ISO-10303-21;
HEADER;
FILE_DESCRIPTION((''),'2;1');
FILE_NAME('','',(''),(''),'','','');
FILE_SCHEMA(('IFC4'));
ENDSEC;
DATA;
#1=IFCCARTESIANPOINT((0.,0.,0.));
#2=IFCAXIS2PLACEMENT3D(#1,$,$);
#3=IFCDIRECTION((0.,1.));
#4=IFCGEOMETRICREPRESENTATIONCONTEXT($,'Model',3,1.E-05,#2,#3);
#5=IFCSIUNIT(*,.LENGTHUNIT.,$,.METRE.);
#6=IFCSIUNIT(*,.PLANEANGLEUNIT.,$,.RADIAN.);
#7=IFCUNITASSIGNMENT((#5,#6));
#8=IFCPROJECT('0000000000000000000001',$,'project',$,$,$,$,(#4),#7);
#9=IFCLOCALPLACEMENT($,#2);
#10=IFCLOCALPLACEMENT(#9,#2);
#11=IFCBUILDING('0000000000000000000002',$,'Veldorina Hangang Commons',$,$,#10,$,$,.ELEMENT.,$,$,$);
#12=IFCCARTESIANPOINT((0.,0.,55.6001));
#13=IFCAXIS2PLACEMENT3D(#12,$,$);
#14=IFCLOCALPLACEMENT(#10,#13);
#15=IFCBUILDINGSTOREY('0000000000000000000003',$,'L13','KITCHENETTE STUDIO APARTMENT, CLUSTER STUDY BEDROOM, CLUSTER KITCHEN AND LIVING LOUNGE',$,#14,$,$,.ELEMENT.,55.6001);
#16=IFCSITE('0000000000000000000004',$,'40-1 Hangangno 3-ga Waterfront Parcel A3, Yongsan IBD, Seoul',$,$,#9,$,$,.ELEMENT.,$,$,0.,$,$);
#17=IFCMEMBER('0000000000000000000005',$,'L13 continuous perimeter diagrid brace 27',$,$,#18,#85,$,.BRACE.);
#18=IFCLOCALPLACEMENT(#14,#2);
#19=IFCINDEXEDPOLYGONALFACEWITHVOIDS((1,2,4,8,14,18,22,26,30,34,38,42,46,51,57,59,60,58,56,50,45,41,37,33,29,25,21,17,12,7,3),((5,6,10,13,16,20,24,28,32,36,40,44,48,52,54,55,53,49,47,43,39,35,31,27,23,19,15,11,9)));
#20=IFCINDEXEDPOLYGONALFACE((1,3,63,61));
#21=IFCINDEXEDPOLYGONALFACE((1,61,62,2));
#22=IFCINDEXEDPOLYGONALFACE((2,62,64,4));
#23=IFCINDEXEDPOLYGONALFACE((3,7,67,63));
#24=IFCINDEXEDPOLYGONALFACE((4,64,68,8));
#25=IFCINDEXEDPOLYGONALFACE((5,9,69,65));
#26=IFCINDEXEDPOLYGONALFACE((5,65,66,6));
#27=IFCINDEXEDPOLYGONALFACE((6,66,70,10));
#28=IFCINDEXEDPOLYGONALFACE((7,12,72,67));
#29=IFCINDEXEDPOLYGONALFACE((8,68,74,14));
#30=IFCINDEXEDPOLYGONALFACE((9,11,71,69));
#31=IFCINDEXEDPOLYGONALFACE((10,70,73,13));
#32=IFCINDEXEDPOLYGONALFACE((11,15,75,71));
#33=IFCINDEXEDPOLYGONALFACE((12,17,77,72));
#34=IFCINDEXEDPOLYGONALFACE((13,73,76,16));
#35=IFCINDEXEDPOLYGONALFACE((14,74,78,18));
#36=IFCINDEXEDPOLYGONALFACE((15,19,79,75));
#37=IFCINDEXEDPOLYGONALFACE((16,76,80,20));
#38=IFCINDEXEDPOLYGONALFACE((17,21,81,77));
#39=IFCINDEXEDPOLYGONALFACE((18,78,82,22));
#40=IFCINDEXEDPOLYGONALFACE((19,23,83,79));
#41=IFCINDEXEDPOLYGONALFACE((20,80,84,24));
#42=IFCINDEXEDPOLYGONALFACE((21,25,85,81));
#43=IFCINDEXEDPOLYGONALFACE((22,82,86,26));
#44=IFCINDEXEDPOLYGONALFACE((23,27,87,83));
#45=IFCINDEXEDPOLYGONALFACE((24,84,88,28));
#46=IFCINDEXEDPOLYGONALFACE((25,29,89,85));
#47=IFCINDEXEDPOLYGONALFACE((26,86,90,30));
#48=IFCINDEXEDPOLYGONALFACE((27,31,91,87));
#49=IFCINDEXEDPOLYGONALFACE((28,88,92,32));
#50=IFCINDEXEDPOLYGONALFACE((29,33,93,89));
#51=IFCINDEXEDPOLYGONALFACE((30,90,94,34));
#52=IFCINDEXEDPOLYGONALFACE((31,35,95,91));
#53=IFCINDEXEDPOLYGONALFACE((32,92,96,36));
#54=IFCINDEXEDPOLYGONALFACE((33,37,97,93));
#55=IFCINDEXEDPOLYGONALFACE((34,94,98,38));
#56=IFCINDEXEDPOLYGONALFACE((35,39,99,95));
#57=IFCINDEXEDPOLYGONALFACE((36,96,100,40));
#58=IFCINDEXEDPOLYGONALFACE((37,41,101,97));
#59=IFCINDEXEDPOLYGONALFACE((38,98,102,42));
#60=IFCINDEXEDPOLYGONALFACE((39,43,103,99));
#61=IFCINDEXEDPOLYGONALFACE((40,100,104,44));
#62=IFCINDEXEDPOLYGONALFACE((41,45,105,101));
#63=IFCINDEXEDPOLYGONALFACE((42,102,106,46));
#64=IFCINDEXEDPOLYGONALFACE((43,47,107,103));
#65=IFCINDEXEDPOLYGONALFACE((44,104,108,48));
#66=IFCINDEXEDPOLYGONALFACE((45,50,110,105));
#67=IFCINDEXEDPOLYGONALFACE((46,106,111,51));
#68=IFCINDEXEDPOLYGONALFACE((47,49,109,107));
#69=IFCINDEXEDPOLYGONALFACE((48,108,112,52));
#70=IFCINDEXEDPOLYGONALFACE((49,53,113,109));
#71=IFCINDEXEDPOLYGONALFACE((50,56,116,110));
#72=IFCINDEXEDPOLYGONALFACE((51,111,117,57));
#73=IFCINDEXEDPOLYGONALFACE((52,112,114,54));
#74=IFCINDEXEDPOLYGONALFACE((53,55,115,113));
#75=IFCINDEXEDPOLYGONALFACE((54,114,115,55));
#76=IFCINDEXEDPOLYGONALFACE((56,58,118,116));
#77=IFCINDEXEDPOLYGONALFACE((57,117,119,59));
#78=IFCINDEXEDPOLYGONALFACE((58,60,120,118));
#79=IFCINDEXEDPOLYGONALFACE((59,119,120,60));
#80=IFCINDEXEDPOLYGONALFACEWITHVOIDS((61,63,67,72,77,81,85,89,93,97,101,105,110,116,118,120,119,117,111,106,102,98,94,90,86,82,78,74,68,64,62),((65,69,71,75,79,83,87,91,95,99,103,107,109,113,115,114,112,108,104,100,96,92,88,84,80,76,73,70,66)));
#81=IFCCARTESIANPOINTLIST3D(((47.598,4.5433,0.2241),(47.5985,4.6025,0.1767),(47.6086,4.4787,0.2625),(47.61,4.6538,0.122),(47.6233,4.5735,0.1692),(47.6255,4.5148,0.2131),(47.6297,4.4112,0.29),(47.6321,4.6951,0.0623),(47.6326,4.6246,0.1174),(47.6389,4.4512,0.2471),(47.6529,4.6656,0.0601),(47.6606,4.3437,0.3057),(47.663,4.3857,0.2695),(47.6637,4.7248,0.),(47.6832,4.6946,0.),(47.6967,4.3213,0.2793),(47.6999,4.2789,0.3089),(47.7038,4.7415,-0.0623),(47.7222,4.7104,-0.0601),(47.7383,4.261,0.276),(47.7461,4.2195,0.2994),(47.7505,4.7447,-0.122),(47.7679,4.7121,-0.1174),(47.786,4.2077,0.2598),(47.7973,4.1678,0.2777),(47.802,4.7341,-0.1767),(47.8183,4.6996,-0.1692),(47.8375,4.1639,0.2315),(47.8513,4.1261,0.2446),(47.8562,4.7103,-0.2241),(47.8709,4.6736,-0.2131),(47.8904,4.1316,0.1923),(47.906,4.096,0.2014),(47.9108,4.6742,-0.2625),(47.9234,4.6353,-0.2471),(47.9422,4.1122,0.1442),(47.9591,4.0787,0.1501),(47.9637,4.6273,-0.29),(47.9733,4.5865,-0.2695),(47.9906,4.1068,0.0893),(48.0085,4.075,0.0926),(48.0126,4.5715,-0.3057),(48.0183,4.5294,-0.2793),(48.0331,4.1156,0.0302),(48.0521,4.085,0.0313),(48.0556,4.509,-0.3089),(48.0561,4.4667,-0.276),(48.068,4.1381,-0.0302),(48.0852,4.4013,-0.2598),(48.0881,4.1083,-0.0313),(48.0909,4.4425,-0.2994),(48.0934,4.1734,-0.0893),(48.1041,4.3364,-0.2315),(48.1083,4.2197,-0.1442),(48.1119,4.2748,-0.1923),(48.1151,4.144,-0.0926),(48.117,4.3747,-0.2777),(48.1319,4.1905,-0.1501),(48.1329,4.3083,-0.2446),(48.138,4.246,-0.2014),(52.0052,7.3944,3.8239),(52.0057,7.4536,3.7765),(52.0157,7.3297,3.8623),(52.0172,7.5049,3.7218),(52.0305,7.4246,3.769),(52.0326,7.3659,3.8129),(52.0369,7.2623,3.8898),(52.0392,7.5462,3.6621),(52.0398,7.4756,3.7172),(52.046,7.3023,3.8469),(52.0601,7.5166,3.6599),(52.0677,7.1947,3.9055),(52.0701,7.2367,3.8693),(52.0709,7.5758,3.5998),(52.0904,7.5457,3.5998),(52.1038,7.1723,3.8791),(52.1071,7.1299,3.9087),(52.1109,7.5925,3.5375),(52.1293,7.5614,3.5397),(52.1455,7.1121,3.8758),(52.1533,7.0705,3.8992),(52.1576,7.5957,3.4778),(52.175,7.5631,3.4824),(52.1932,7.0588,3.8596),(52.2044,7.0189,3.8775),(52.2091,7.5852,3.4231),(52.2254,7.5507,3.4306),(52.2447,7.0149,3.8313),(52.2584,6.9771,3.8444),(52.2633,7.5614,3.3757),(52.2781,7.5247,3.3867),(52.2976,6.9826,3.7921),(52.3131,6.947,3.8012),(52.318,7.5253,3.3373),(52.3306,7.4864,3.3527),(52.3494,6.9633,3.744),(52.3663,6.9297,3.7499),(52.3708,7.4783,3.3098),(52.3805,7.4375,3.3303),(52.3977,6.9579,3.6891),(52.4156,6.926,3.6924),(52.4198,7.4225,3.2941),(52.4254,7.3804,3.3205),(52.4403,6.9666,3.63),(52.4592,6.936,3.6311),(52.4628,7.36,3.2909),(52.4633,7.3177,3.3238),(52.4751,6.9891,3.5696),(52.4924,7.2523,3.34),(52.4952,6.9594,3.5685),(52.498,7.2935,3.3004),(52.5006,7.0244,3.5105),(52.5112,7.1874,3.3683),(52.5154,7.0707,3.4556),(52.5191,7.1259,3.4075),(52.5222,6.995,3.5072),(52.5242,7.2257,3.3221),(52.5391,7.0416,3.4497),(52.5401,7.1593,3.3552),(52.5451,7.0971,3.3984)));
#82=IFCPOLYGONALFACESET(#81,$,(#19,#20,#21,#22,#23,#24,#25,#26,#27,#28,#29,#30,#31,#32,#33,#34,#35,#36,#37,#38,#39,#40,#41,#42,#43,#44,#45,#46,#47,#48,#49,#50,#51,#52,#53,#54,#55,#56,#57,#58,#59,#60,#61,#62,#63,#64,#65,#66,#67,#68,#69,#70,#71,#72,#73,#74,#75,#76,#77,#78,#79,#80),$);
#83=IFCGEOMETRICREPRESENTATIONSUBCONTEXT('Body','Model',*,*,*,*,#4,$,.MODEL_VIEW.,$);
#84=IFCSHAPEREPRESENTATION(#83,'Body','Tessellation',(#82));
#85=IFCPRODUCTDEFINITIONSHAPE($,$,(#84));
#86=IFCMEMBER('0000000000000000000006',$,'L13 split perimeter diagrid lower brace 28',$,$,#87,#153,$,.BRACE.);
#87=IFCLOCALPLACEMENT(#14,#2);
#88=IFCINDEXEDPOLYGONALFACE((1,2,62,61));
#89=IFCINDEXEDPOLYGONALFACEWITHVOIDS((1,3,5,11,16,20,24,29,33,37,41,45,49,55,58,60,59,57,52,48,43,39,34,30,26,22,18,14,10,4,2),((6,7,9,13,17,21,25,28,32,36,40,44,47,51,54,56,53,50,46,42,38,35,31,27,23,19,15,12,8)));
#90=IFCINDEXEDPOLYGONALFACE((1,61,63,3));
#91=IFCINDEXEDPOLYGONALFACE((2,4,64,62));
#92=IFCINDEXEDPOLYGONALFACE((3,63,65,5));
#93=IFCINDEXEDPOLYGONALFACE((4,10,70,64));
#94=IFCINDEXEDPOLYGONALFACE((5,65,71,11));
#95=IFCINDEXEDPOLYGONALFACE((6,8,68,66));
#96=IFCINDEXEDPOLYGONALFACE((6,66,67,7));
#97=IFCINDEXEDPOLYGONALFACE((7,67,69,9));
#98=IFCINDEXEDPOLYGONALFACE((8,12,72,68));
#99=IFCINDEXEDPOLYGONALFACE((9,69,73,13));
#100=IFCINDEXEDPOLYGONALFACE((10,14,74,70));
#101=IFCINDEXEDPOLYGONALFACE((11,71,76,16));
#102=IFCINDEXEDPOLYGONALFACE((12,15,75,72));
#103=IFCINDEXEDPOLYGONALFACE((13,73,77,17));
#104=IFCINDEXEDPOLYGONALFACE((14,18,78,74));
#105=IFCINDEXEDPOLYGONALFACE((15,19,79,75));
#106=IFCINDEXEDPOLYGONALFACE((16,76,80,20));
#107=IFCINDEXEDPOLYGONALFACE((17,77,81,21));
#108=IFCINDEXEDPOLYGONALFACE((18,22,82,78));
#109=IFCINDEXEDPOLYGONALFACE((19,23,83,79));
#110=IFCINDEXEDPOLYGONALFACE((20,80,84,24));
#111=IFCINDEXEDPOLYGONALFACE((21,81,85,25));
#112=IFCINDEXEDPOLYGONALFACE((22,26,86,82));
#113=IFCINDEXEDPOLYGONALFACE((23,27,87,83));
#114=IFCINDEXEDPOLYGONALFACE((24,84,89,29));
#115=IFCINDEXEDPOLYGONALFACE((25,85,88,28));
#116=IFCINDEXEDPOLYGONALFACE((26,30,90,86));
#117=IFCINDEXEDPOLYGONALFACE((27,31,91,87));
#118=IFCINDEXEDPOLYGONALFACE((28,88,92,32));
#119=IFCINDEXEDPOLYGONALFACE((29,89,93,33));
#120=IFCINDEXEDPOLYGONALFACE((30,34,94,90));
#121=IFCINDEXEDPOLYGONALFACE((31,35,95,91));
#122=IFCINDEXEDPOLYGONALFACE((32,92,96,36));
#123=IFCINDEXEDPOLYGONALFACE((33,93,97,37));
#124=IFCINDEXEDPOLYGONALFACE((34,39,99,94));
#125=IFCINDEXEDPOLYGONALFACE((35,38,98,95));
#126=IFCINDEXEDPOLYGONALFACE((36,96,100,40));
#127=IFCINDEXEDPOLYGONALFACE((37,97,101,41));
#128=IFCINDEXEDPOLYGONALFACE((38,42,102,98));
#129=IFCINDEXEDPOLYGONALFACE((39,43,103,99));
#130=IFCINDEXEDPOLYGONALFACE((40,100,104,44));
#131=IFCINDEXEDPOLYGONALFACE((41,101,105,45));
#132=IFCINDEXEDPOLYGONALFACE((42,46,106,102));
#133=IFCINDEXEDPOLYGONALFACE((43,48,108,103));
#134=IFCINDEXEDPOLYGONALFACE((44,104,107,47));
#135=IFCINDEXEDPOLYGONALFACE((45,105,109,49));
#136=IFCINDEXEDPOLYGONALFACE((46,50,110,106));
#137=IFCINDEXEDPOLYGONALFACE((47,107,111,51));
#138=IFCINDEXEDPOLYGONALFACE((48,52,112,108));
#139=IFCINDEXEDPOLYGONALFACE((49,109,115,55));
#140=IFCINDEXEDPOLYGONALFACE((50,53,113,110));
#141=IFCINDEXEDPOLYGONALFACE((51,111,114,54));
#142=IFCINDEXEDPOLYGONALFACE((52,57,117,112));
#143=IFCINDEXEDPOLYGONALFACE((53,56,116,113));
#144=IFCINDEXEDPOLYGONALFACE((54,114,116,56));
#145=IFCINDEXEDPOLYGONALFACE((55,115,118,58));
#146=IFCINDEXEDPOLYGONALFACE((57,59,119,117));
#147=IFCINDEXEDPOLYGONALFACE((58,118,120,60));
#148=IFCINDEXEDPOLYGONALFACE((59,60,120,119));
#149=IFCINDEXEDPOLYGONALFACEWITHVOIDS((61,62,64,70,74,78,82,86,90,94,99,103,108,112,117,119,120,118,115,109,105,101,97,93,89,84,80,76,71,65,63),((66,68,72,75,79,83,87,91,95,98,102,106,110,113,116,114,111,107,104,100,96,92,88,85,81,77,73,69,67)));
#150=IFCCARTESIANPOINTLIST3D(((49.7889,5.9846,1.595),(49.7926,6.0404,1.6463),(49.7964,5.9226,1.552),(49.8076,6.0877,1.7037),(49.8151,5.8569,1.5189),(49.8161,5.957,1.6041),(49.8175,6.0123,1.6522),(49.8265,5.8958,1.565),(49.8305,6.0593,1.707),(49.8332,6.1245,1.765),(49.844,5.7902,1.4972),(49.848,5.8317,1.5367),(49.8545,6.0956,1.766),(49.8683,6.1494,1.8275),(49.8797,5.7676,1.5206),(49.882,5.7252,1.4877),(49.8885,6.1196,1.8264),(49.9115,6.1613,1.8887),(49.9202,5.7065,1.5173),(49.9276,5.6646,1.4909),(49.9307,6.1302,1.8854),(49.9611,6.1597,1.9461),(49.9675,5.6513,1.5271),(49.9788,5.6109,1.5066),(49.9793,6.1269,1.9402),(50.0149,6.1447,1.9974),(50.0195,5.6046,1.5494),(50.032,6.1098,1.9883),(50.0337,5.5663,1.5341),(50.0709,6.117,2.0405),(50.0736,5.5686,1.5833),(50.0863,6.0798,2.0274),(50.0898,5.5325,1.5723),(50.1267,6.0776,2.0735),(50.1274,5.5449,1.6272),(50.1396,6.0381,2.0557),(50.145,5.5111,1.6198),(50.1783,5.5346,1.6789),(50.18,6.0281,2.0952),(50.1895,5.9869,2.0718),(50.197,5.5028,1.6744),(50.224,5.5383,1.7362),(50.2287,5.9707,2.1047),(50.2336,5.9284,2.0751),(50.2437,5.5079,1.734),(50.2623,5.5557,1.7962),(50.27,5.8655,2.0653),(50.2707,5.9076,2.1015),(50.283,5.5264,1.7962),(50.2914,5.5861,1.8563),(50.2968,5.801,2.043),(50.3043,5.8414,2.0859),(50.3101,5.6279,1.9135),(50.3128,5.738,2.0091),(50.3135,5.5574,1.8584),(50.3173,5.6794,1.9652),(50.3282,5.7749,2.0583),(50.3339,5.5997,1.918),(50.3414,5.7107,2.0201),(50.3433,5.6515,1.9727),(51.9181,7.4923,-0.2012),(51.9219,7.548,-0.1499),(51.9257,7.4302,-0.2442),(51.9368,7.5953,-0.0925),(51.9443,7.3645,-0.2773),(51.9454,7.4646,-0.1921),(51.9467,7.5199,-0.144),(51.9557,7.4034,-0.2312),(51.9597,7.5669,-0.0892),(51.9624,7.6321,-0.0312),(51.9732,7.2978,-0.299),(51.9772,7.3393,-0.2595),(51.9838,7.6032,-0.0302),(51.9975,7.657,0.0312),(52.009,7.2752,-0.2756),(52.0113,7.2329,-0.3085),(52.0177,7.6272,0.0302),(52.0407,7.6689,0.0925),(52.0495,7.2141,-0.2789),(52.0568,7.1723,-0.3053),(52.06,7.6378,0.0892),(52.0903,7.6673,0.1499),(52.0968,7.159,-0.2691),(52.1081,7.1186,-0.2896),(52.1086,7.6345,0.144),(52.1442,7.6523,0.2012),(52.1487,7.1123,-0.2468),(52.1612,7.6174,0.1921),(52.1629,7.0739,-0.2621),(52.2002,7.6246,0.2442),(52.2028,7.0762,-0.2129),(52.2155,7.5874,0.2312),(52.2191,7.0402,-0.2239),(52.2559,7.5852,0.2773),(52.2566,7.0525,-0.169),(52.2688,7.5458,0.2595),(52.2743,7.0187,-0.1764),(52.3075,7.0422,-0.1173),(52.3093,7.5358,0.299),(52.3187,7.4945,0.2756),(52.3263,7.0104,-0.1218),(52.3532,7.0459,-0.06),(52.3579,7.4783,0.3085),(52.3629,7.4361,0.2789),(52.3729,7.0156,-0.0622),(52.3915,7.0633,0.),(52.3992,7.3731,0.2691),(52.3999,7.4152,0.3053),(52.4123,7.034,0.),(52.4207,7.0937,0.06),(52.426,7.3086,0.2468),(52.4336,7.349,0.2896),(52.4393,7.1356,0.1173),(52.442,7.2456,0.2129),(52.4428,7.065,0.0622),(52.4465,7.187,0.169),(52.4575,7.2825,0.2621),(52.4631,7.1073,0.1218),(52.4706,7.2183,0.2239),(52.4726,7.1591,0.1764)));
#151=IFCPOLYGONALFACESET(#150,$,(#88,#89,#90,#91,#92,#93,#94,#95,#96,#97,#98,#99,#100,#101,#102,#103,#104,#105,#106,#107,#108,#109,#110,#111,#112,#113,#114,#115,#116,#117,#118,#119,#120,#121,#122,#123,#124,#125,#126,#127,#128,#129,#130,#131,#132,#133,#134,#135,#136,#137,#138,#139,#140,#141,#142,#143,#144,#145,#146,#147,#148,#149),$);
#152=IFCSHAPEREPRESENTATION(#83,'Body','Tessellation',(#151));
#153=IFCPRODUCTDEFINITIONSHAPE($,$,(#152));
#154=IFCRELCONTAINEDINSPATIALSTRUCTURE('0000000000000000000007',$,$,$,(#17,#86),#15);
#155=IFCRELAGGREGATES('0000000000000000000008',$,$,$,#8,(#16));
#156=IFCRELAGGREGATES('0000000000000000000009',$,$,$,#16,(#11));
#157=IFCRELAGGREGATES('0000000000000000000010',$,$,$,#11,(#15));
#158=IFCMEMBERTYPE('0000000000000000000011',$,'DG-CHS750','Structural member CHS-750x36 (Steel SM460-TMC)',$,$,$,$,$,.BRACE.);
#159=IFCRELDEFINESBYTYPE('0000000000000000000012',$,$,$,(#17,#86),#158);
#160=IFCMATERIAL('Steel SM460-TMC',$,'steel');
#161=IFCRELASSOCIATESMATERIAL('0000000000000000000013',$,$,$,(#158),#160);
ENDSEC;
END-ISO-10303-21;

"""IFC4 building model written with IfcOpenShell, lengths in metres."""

from ifc_helpers import new_model, si_unit, direction, frame, origin, origin_2d, place, context, subcontext, project, spatial, hollow_circle, extrude, material, material_profile, profile_set, type_object, element, save


model = new_model("IFC4")

# Units and contexts
model_context = context("Model", 3, precision=1e-05, world=origin(), true_north=direction((0.0, 1.0)))
body_context = subcontext(model_context, "Body", "Model", "MODEL_VIEW")
ifc_project = project(units=[si_unit("LENGTHUNIT", "METRE"), si_unit("PLANEANGLEUNIT", "RADIAN")], contexts=[model_context])

# Site, building, storey
site_placement = place(None, origin())
site = spatial("IfcSite", under=ifc_project, at=site_placement, Name="40-1 Hangangno 3-ga Waterfront Parcel A3, Yongsan IBD, Seoul", CompositionType="ELEMENT", RefElevation=0.0)
building_placement = place(site_placement, origin())
building = spatial("IfcBuilding", under=site, at=building_placement, Name="Veldorina Hangang Commons", CompositionType="ELEMENT")
storey_placement = place(building_placement, frame((0.0, 0.0, 55.6001)))
storey = spatial("IfcBuildingStorey", under=building, at=storey_placement, Name="L13", Description="KITCHENETTE STUDIO APARTMENT, CLUSTER STUDY BEDROOM, CLUSTER KITCHEN AND LIVING LOUNGE", CompositionType="ELEMENT", Elevation=55.6001)

# Shared definitions
ifc_material_1 = material(Name="Steel SM460-TMC", Category="steel")

# Members
ifc_material_profile_1 = material_profile(ifc_material_1, hollow_circle(Radius=0.375, WallThickness=0.0359, at=origin_2d()), Name="CHS-750x36")
ifc_profile_set_1 = profile_set([ifc_material_profile_1], Name="Steel SM460-TMC")
member_type_1 = type_object("IfcMemberType", Name="DG-CHS750", Description="Structural member CHS-750x36 (Steel SM460-TMC)", PredefinedType="BRACE", material=ifc_profile_set_1)
member_1_placement = place(storey_placement, frame((47.8674, 4.4099, 0.0), z_axis=(0.692433, 0.447941, 0.565584), x_axis=(-0.543163, 0.839628, 0.0)))
element("IfcMember", 1, at=member_1_placement, inside=storey, type_object=member_type_1, Name="L13 continuous perimeter diagrid brace 27", PredefinedType="BRACE", context=body_context, shape_type="SweptSolid", body=[
    extrude(hollow_circle(Radius=0.375, WallThickness=0.0359, at=origin_2d()), origin(), (0.0, 0.0, 1.0), 6.3647),
])
member_2_placement = place(storey_placement, frame((52.1956, 7.3401, 0.0), z_axis=(-0.672216, -0.47597, 0.567079), x_axis=(0.577869, -0.816129, 0.0)))
element("IfcMember", 2, at=member_2_placement, inside=storey, type_object=member_type_1, Name="L13 split perimeter diagrid lower brace 28", PredefinedType="BRACE", context=body_context, shape_type="SweptSolid", body=[
    extrude(hollow_circle(Radius=0.375, WallThickness=0.0359, at=origin_2d()), origin(), (0.0, 0.0, 1.0), 3.1675),
])

save(model, "model.ifc")
